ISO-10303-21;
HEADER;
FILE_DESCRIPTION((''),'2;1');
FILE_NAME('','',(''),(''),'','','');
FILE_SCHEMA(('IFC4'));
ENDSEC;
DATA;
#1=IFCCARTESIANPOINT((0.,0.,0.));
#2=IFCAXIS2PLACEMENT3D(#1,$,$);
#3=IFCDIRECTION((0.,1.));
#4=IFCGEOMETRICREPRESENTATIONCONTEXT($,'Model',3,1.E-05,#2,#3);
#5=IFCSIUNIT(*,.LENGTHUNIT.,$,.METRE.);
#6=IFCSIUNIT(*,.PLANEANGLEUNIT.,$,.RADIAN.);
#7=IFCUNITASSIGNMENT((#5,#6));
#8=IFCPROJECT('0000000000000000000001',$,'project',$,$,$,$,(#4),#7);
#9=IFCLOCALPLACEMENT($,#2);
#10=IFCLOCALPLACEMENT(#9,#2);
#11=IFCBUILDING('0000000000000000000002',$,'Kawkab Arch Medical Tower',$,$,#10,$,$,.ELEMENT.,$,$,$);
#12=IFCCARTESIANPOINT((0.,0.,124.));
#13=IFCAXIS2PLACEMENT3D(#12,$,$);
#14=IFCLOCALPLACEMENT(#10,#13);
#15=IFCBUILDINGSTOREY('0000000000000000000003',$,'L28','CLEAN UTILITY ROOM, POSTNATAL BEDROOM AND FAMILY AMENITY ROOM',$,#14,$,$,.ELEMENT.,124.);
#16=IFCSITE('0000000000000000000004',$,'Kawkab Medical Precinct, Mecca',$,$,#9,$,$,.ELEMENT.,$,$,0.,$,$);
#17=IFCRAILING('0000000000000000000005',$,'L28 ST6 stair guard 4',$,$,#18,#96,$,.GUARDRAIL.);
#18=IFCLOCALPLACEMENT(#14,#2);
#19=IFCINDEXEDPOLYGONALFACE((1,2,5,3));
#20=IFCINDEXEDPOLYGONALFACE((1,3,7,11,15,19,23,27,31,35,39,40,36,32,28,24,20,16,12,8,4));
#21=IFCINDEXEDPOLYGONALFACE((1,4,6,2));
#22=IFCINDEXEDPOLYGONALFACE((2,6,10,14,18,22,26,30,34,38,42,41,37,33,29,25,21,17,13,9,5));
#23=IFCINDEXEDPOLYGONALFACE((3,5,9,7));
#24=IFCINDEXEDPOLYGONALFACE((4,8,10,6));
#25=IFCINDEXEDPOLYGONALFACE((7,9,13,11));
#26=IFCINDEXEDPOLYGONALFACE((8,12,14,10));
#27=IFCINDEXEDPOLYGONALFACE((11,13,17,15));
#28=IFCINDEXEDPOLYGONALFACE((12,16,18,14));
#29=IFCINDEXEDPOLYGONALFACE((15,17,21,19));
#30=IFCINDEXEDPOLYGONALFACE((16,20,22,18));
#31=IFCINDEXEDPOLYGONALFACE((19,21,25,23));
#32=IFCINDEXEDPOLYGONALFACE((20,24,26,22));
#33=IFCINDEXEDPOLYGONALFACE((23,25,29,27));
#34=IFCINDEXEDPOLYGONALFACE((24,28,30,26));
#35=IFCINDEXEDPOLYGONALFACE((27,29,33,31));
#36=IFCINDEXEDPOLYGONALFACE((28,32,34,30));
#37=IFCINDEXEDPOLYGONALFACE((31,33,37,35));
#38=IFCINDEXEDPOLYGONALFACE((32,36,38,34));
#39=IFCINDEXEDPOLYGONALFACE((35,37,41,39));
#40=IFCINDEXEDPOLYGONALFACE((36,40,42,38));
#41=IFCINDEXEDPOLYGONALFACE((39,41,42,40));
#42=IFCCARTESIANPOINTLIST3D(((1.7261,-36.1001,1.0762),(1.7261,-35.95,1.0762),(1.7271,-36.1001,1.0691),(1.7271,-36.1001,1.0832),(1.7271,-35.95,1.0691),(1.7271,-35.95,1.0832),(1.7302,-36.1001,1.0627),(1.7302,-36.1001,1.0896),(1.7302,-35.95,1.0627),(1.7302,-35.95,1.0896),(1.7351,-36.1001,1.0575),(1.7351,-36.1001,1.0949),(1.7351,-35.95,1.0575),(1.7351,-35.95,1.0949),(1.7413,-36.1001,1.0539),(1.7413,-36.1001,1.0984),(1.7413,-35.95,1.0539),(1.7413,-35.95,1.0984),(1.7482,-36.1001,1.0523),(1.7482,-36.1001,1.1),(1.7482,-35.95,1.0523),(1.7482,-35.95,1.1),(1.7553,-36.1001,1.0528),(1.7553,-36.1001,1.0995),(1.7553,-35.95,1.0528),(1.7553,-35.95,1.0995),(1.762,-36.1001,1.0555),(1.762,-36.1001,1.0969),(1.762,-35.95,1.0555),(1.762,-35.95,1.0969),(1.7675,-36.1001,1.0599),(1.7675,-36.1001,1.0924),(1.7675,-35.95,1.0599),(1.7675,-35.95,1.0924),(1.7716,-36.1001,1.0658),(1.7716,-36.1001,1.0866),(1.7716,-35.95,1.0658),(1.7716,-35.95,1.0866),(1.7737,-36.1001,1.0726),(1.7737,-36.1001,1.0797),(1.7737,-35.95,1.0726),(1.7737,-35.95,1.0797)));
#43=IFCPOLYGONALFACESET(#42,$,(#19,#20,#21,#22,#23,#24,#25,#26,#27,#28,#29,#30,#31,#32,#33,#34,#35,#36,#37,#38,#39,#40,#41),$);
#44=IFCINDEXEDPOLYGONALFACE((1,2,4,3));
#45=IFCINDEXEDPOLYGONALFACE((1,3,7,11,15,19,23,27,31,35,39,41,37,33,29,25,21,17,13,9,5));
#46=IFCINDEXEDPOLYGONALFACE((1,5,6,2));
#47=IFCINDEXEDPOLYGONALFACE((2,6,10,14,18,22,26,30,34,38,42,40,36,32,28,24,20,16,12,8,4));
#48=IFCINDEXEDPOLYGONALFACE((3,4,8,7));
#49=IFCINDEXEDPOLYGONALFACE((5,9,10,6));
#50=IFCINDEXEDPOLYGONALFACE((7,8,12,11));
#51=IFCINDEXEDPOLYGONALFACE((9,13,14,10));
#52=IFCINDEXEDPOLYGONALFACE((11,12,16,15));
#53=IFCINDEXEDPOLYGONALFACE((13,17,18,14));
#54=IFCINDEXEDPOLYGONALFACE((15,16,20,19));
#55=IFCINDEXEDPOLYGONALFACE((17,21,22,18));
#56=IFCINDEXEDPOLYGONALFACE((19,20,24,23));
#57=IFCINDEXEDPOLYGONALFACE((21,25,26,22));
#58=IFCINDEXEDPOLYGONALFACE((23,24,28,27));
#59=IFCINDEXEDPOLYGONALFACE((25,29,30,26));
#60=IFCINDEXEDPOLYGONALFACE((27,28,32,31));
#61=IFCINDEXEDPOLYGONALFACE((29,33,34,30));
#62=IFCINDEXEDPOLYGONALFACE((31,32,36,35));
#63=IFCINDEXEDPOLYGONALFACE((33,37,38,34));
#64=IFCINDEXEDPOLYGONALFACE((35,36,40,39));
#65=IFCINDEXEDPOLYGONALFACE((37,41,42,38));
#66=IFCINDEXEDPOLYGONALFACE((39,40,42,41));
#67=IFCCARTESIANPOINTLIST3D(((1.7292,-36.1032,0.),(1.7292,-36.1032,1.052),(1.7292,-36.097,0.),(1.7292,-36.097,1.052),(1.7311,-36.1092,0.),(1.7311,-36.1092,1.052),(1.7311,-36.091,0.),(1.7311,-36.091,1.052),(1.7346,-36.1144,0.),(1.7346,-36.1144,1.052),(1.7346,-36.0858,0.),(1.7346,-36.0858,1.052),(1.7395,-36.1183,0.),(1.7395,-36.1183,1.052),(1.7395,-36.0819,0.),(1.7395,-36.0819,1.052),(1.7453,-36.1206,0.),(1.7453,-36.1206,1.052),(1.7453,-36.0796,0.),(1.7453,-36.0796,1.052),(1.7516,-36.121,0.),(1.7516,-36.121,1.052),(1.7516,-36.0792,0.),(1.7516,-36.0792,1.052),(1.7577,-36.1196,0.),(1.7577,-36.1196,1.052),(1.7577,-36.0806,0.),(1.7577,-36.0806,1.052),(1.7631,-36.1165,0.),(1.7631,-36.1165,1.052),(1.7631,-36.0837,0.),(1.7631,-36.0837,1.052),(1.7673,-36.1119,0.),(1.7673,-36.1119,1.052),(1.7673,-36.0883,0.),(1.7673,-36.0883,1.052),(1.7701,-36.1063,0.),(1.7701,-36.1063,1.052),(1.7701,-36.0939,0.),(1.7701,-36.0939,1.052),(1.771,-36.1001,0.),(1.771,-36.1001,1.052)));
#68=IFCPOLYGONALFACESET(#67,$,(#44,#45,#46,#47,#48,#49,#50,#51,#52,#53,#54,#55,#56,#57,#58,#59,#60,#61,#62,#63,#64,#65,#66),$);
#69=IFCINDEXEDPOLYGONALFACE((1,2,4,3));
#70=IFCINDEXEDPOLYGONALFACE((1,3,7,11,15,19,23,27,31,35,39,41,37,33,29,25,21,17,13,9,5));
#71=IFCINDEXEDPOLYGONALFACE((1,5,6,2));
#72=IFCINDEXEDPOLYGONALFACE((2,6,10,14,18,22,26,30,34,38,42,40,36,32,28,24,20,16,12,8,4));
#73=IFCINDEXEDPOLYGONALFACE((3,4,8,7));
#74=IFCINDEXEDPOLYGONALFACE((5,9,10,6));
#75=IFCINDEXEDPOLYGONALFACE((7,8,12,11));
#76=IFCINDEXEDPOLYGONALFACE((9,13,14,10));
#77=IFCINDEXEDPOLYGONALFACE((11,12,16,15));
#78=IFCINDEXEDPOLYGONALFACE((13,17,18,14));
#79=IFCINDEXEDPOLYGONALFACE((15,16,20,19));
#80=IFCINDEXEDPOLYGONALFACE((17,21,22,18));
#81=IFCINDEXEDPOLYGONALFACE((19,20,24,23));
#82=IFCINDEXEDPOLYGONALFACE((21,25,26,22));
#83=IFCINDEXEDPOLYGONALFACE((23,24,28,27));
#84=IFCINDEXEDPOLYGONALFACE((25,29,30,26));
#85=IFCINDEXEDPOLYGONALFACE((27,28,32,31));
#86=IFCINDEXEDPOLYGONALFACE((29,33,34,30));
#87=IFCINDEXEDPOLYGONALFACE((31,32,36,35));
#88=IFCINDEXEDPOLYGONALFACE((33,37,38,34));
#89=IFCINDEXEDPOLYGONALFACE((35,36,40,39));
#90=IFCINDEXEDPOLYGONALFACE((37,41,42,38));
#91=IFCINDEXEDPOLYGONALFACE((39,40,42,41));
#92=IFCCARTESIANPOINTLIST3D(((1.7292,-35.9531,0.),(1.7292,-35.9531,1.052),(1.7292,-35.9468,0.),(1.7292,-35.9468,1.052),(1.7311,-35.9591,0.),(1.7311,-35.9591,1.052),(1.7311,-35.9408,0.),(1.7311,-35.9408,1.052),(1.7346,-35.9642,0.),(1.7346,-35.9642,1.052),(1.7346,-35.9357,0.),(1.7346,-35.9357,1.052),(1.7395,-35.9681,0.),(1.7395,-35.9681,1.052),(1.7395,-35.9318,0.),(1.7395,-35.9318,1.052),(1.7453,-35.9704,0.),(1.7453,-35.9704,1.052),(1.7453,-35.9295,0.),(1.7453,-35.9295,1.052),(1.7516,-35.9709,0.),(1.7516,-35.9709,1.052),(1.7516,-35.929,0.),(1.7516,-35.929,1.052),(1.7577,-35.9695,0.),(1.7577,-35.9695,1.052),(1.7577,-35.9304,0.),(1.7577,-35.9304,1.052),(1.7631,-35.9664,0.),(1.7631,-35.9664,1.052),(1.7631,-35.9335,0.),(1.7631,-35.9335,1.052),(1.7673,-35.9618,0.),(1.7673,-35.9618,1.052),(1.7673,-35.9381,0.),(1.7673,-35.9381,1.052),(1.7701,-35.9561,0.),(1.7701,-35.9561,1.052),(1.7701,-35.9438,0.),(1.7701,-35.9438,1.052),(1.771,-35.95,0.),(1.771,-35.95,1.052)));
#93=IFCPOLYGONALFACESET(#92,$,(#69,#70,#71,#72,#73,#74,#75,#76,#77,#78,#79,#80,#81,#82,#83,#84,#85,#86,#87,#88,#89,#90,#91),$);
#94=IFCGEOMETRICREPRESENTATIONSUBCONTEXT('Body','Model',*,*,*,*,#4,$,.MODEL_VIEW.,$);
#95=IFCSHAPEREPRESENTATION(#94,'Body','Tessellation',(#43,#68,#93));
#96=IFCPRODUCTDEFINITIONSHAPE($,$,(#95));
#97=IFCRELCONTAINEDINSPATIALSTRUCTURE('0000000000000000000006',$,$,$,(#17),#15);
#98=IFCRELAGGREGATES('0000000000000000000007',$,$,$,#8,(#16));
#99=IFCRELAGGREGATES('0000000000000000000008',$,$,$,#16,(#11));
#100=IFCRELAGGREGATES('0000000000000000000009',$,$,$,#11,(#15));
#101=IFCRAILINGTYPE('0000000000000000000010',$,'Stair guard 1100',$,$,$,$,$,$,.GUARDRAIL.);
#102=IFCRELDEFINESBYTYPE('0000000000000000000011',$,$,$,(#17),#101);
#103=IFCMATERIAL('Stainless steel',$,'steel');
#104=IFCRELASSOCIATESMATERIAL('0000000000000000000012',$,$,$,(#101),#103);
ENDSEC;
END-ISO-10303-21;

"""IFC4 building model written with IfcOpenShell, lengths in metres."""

from ifc_helpers import new_model, si_unit, direction, frame, origin, origin_2d, place, context, subcontext, project, spatial, circle, extrude, material, type_object, element, save


model = new_model("IFC4")

# Units and contexts
model_context = context("Model", 3, precision=1e-05, world=origin(), true_north=direction((0.0, 1.0)))
body_context = subcontext(model_context, "Body", "Model", "MODEL_VIEW")
ifc_project = project(units=[si_unit("LENGTHUNIT", "METRE"), si_unit("PLANEANGLEUNIT", "RADIAN")], contexts=[model_context])

# Site, building, storey
site_placement = place(None, origin())
site = spatial("IfcSite", under=ifc_project, at=site_placement, Name="Kawkab Medical Precinct, Mecca", CompositionType="ELEMENT", RefElevation=0.0)
building_placement = place(site_placement, origin())
building = spatial("IfcBuilding", under=site, at=building_placement, Name="Kawkab Arch Medical Tower", CompositionType="ELEMENT")
storey_placement = place(building_placement, frame((0.0, 0.0, 124.0)))
storey = spatial("IfcBuildingStorey", under=building, at=storey_placement, Name="L28", Description="CLEAN UTILITY ROOM, POSTNATAL BEDROOM AND FAMILY AMENITY ROOM", CompositionType="ELEMENT", Elevation=124.0)

# Railing
ifc_material_1 = material(Name="Stainless steel", Category="steel")
railing_type = type_object("IfcRailingType", Name="Stair guard 1100", PredefinedType="GUARDRAIL", material=ifc_material_1)
railing_1_placement = place(storey_placement, frame((1.75, -36.1001, 0.0)))
element("IfcRailing", 1, at=railing_1_placement, inside=storey, type_object=railing_type, Name="L28 ST6 stair guard 4", PredefinedType="GUARDRAIL", context=body_context, shape_type="SweptSolid", body=[
    extrude(circle(Radius=0.0239, at=origin_2d()), frame((0.0, 0.0, 1.0762), z_axis=(0.0, 1.0, 0.0), x_axis=(-1.0, 0.0, 0.0)), (0.0, 0.0, 1.0), 0.1501),
    extrude(circle(Radius=0.021, at=origin_2d()), origin(), (0.0, 0.0, 1.0), 1.052),
    extrude(circle(Radius=0.021, at=origin_2d()), frame((0.0, 0.1501, 0.0)), (0.0, 0.0, 1.0), 1.052),
])

save(model, "model.ifc")
